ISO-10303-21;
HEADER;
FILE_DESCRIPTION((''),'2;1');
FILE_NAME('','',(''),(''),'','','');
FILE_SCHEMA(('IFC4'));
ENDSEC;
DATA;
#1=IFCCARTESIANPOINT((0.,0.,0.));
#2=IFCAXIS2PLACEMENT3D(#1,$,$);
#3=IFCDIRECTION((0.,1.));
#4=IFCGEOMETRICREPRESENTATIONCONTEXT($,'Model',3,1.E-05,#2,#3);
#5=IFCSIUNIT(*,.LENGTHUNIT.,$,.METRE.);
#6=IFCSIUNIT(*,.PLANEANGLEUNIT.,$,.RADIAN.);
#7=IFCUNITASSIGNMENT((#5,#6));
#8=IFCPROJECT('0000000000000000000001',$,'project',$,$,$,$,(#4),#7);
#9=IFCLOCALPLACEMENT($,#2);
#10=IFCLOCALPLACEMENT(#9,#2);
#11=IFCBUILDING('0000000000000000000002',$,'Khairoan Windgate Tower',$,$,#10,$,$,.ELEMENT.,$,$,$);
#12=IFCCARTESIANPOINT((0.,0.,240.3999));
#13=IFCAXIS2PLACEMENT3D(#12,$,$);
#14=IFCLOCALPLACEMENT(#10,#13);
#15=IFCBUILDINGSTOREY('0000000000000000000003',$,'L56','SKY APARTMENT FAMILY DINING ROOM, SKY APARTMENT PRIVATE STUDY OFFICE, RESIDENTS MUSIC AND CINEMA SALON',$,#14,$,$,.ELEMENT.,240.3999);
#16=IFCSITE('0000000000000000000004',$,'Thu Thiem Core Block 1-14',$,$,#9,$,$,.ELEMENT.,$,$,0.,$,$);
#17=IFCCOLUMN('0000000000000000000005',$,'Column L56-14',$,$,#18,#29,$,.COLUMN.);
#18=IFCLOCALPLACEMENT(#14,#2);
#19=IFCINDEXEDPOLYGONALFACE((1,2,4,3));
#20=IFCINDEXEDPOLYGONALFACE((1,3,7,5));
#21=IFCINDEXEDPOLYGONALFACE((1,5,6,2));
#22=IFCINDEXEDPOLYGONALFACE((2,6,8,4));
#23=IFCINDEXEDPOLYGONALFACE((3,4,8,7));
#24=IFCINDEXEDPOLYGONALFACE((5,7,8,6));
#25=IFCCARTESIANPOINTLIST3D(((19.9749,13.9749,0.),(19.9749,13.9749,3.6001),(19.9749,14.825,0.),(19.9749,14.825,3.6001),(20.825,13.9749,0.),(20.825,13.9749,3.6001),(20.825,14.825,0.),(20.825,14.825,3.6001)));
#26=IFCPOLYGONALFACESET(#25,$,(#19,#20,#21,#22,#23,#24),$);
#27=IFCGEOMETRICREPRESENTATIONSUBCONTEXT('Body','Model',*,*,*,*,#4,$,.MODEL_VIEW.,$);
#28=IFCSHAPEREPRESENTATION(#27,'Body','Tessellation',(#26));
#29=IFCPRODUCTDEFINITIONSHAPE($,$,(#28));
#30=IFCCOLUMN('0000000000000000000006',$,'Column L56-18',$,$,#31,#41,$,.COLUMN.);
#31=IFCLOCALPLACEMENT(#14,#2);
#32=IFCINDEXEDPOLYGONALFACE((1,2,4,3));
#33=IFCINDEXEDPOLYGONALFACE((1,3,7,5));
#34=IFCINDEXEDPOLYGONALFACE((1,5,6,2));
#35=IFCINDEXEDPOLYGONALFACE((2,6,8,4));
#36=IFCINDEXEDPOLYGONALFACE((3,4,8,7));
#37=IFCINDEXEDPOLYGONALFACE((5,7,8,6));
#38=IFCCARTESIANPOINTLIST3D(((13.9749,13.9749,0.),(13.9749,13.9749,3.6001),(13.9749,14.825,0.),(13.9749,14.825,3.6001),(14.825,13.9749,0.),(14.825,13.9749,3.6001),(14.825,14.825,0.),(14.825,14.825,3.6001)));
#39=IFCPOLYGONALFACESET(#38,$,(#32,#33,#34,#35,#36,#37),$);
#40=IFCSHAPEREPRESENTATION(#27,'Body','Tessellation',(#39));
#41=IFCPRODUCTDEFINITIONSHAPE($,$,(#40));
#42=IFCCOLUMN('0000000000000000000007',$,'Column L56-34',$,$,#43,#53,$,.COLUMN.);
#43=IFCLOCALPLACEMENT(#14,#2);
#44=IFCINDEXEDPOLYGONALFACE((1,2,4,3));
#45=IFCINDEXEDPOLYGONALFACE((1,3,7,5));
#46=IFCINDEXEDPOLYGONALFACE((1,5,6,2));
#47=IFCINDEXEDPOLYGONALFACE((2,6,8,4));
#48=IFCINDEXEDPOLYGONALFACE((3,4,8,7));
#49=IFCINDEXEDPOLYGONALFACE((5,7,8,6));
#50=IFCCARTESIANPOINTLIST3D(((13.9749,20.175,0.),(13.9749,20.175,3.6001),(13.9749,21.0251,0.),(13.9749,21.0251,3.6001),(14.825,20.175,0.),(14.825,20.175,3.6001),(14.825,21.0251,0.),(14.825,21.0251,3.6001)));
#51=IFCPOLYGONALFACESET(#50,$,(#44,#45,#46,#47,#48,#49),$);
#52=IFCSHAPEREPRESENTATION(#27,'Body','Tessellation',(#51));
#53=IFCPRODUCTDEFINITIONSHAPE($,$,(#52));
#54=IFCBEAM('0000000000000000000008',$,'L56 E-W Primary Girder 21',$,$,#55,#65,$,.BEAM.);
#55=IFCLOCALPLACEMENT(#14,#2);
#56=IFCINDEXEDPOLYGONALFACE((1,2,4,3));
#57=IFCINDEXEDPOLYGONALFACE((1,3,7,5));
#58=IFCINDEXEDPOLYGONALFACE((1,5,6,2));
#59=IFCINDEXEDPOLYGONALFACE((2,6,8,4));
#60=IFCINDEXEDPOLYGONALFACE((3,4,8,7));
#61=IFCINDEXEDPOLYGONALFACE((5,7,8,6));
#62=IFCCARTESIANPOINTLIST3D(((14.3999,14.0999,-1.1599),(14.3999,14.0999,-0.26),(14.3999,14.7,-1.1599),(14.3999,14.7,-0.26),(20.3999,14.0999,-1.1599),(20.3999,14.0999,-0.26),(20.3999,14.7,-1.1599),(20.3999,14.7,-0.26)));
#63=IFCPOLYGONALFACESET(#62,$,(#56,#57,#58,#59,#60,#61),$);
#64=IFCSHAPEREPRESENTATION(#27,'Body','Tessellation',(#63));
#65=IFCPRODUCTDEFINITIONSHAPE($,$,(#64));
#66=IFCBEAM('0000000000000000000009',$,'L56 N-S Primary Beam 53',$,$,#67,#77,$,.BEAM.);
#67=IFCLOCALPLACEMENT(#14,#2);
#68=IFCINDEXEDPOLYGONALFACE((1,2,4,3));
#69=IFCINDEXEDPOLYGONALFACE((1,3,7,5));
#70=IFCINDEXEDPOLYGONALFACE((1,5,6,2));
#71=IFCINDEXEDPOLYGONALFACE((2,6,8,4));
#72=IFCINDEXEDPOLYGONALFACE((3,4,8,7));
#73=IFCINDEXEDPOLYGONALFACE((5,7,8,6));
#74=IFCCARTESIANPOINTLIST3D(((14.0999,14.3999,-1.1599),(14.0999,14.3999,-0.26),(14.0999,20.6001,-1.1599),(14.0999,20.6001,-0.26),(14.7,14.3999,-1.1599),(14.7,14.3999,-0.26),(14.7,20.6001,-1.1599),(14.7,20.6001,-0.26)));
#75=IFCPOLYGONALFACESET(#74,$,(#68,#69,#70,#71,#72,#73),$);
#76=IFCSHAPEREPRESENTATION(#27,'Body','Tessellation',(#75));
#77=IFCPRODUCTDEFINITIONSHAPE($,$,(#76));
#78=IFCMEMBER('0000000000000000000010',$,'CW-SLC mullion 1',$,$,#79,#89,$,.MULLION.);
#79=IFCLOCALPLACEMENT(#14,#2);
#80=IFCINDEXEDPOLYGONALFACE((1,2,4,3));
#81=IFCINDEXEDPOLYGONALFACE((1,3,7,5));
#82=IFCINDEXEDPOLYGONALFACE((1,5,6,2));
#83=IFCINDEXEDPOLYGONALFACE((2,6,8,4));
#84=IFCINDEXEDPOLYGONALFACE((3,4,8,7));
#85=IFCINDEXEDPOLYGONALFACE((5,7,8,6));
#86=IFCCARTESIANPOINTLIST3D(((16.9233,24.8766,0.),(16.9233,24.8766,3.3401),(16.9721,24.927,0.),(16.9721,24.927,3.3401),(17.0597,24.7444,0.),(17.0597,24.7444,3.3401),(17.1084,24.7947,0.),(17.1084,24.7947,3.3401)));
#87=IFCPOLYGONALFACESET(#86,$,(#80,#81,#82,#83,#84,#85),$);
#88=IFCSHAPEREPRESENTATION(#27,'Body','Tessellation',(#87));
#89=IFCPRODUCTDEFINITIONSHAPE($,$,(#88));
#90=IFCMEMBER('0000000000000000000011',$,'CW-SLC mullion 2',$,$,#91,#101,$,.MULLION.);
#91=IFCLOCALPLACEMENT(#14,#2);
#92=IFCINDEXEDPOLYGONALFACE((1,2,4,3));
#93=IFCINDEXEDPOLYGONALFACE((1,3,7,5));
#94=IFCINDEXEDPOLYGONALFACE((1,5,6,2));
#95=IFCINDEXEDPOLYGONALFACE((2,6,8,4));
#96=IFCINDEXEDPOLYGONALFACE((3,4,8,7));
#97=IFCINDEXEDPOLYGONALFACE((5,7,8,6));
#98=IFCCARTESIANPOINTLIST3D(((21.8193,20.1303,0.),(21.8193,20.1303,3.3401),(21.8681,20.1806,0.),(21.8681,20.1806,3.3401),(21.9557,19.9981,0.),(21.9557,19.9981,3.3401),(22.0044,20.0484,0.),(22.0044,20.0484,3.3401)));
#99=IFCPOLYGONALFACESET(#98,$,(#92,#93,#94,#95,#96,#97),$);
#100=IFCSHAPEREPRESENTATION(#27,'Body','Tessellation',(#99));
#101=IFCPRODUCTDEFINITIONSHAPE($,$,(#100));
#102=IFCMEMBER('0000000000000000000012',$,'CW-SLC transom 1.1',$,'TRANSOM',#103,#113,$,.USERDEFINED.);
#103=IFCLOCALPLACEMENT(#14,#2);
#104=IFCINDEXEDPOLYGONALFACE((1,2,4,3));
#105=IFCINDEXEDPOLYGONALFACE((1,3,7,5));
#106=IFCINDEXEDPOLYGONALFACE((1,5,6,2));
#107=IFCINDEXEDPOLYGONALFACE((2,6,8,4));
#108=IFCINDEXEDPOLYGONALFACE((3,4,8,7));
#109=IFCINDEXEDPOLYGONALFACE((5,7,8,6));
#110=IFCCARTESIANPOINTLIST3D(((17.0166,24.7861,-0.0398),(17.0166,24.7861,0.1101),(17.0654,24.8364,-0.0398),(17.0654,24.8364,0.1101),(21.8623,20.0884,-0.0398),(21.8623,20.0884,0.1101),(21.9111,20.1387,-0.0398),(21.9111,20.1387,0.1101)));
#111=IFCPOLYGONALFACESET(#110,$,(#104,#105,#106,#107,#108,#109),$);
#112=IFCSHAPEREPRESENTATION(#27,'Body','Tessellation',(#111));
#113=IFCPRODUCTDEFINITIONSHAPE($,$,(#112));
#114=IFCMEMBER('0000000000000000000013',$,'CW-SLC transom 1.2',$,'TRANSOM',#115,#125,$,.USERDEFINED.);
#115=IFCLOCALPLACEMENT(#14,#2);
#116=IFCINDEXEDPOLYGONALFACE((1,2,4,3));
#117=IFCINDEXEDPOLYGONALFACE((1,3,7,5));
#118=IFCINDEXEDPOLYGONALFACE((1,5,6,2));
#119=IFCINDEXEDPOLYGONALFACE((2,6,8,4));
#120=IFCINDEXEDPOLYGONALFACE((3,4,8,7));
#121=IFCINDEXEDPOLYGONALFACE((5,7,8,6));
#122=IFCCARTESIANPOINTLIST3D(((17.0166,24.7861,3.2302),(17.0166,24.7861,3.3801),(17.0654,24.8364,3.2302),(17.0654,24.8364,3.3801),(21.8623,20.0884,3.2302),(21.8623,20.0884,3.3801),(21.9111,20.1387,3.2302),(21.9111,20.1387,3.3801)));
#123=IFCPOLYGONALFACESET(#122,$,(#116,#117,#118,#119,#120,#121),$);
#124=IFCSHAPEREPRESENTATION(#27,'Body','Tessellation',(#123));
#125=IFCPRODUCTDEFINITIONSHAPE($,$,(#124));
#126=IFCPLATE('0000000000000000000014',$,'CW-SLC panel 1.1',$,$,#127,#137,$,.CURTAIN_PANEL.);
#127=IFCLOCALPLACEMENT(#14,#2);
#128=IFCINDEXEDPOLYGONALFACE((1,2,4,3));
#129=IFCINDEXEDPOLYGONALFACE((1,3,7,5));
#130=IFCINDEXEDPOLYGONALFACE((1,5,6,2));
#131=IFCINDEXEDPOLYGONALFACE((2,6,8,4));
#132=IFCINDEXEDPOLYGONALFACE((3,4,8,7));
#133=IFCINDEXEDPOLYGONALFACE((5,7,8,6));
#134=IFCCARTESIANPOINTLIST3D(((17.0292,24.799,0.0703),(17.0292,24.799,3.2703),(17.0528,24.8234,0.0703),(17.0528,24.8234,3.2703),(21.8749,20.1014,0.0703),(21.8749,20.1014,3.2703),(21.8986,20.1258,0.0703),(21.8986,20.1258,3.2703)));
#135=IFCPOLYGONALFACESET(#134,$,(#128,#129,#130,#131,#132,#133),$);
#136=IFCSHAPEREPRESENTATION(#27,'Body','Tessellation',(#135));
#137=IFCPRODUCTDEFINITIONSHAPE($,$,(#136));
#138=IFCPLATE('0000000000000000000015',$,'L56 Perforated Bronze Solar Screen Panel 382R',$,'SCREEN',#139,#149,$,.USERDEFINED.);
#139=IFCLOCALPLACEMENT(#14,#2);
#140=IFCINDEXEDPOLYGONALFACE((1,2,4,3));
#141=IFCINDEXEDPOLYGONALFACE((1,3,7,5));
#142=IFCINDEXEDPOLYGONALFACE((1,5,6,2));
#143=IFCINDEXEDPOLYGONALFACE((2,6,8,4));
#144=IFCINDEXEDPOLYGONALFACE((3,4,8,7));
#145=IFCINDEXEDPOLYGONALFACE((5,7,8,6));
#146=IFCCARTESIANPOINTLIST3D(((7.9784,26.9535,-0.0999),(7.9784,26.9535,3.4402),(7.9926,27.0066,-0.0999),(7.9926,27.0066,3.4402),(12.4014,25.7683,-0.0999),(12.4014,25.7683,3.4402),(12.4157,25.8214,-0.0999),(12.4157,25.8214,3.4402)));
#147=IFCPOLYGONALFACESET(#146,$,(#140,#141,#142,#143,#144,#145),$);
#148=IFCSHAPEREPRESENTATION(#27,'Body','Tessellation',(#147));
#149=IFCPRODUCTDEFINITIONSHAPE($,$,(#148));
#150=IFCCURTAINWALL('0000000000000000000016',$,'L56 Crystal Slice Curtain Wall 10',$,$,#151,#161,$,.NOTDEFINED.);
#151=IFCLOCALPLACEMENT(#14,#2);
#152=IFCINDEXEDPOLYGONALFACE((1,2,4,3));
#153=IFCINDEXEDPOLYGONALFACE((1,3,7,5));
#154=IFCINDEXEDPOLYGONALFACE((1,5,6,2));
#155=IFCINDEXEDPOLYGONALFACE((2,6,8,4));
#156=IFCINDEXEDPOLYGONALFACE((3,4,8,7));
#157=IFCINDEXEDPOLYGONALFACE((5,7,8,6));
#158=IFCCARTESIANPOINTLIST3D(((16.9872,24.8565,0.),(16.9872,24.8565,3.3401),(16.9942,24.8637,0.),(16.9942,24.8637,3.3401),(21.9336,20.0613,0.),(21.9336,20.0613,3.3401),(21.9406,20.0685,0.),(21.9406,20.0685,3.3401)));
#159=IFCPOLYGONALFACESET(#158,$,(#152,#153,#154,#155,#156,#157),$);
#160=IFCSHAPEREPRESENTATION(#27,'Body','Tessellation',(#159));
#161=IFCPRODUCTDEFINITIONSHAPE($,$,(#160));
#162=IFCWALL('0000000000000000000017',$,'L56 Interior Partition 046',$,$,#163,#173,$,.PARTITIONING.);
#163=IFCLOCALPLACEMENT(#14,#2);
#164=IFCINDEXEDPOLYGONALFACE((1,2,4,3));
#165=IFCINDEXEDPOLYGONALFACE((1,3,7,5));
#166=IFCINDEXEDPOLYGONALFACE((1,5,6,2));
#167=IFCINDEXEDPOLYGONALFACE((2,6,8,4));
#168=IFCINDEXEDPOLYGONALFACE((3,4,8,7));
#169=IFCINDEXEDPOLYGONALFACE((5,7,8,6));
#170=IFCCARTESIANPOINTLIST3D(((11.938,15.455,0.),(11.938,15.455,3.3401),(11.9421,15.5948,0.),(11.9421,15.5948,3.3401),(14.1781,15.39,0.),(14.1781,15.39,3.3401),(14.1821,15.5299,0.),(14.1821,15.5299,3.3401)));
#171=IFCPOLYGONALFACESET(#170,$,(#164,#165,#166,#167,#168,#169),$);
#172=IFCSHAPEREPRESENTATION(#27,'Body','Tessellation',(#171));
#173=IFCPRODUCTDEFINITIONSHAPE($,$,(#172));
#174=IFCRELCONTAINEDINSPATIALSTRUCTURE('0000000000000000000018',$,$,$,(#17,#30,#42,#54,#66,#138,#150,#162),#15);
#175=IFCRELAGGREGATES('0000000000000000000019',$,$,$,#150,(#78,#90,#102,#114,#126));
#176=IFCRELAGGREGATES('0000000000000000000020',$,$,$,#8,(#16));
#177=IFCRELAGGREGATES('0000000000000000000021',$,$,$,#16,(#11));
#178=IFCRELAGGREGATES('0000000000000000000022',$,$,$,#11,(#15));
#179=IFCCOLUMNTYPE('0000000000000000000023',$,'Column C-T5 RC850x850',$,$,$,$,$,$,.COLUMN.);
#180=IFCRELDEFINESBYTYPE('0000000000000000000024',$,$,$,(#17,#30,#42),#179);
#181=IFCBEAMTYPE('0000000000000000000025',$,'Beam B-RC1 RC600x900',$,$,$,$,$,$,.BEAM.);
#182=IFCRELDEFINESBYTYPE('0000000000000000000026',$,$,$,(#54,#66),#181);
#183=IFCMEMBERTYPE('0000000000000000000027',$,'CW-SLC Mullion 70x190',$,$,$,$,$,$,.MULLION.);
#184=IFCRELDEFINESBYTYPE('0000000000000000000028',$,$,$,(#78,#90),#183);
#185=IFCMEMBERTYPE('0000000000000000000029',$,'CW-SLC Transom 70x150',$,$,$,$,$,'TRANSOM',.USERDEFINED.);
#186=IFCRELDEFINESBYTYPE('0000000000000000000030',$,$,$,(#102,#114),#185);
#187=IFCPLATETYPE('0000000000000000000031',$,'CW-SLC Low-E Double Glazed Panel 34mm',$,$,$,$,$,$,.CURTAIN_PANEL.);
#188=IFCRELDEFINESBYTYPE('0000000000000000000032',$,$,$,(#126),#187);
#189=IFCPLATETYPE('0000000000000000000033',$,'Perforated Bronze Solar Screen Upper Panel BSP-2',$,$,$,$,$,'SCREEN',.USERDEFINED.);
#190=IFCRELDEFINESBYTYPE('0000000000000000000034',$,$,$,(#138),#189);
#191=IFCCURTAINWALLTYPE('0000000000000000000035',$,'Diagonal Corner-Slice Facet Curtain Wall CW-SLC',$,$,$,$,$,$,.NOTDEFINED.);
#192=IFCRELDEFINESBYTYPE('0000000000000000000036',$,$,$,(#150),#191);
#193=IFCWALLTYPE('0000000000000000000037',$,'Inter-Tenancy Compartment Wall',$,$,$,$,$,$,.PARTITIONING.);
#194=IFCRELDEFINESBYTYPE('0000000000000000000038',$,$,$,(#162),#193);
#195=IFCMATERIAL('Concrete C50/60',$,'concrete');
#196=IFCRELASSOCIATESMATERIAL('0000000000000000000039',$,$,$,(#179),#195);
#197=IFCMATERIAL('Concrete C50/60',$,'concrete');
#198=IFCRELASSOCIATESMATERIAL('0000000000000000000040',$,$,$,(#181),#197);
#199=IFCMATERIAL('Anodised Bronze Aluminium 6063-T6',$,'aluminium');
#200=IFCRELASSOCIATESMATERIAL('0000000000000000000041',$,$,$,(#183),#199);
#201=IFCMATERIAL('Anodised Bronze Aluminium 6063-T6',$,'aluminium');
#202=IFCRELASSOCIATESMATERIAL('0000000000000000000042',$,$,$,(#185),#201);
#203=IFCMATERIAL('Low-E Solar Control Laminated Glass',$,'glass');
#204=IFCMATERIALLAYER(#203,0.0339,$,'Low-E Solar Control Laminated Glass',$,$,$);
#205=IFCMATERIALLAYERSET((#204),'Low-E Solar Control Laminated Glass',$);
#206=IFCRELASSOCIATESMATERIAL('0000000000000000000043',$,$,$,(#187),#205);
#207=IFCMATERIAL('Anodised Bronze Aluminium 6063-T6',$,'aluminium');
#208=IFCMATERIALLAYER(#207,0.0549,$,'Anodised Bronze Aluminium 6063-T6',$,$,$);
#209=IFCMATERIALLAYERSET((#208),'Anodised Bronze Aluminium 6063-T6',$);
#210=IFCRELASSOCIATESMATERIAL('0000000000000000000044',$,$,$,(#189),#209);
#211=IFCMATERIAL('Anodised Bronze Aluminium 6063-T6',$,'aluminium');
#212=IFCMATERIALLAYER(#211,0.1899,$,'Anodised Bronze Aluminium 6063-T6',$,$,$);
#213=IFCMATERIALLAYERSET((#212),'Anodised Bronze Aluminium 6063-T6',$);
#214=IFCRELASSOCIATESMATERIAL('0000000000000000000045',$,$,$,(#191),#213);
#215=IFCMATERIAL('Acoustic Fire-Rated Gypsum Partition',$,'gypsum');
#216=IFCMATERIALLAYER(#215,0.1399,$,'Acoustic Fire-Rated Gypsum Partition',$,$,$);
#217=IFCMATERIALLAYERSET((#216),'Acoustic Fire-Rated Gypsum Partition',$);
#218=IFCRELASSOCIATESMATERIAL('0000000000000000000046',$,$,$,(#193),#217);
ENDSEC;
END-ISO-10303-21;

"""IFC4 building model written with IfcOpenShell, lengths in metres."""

from ifc_helpers import new_model, si_unit, direction, frame, frame_2d, origin, origin_2d, place, context, subcontext, project, spatial, rectangle, extrude, material, layer, layer_set, material_profile, profile_set, type_object, element, aggregate, save


model = new_model("IFC4")

# Units and contexts
model_context = context("Model", 3, precision=1e-05, world=origin(), true_north=direction((0.0, 1.0)))
body_context = subcontext(model_context, "Body", "Model", "MODEL_VIEW")
ifc_project = project(units=[si_unit("LENGTHUNIT", "METRE"), si_unit("PLANEANGLEUNIT", "RADIAN")], contexts=[model_context])

# Site, building, storey
site_placement = place(None, origin())
site = spatial("IfcSite", under=ifc_project, at=site_placement, Name="Thu Thiem Core Block 1-14", CompositionType="ELEMENT", RefElevation=0.0)
building_placement = place(site_placement, origin())
building = spatial("IfcBuilding", under=site, at=building_placement, Name="Khairoan Windgate Tower", CompositionType="ELEMENT")
storey_placement = place(building_placement, frame((0.0, 0.0, 240.3999)))
storey = spatial("IfcBuildingStorey", under=building, at=storey_placement, Name="L56", Description="SKY APARTMENT FAMILY DINING ROOM, SKY APARTMENT PRIVATE STUDY OFFICE, RESIDENTS MUSIC AND CINEMA SALON", CompositionType="ELEMENT", Elevation=240.3999)

# Columns
ifc_material_1 = material(Name="Concrete C50/60", Category="concrete")
ifc_material_profile_1 = material_profile(ifc_material_1, rectangle(XDim=0.8501, YDim=0.8501, at=origin_2d()))
ifc_profile_set_1 = profile_set([ifc_material_profile_1], Name="Concrete C50/60")
column_type = type_object("IfcColumnType", Name="Column C-T5 RC850x850", PredefinedType="COLUMN", material=ifc_profile_set_1)
for number, where, z_axis, x_axis, name in (
    (1, (20.3999, 14.3999, 0.0), (0.0, 0.0, 1.0), (1.0, 0.0, 0.0), "Column L56-14"),
    (2, (14.3999, 14.3999, 0.0), (0.0, 0.0, 1.0), (1.0, 0.0, 0.0), "Column L56-18"),
    (3, (14.3999, 20.6001, 0.0), (0.0, 0.0, 1.0), (1.0, 0.0, 0.0), "Column L56-34"),
):
    element("IfcColumn", number, at=place(storey_placement, frame(where, z_axis=z_axis, x_axis=x_axis)), inside=storey, type_object=column_type, Name=name, PredefinedType="COLUMN", context=body_context, shape_type="SweptSolid", body=[
        extrude(rectangle(XDim=0.8501, YDim=0.8501, at=origin_2d()), origin(), (0.0, 0.0, 1.0), 3.6001),
    ])

# Beams
ifc_material_2 = material(Name="Concrete C50/60", Category="concrete")
ifc_material_profile_2 = material_profile(ifc_material_2, rectangle(XDim=0.6001, YDim=0.8999, at=origin_2d()))
ifc_profile_set_2 = profile_set([ifc_material_profile_2], Name="Concrete C50/60")
beam_type = type_object("IfcBeamType", Name="Beam B-RC1 RC600x900", PredefinedType="BEAM", material=ifc_profile_set_2)
beam_1_placement = place(storey_placement, frame((14.3999, 14.3999, -0.71), z_axis=(1.0, 0.0, 0.0), x_axis=(0.0, 1.0, 0.0)))
element("IfcBeam", 4, at=beam_1_placement, inside=storey, type_object=beam_type, Name="L56 E-W Primary Girder 21", PredefinedType="BEAM", context=body_context, shape_type="SweptSolid", body=[
    extrude(rectangle(XDim=0.6001, YDim=0.8999, at=origin_2d()), origin(), (0.0, 0.0, 1.0), 6.0),
])
beam_2_placement = place(storey_placement, frame((14.3999, 14.3999, -0.71), z_axis=(0.0, 1.0, 0.0), x_axis=(-1.0, 0.0, 0.0)))
element("IfcBeam", 5, at=beam_2_placement, inside=storey, type_object=beam_type, Name="L56 N-S Primary Beam 53", PredefinedType="BEAM", context=body_context, shape_type="SweptSolid", body=[
    extrude(rectangle(XDim=0.6001, YDim=0.8999, at=origin_2d()), origin(), (0.0, 0.0, 1.0), 6.2002),
])

# Members
ifc_material_3 = material(Name="Anodised Bronze Aluminium 6063-T6", Category="aluminium")
ifc_material_profile_3 = material_profile(ifc_material_3, rectangle(XDim=0.0701, YDim=0.1899, at=origin_2d()))
ifc_profile_set_3 = profile_set([ifc_material_profile_3], Name="Anodised Bronze Aluminium 6063-T6")
member_type_1 = type_object("IfcMemberType", Name="CW-SLC Mullion 70x190", PredefinedType="MULLION", material=ifc_profile_set_3)
member_1_placement = place(storey_placement, frame((17.0159, 24.8357, 0.0), z_axis=(0.0, 0.0, 1.0), x_axis=(0.696048, 0.717996, 0.0)))
member_1 = element("IfcMember", 6, at=member_1_placement, type_object=member_type_1, Name="CW-SLC mullion 1", PredefinedType="MULLION", context=body_context, shape_type="SweptSolid", body=[
    extrude(rectangle(XDim=0.0701, YDim=0.1899, at=origin_2d()), origin(), (0.0, 0.0, 1.0), 3.3401),
])
member_2_placement = place(storey_placement, frame((21.9119, 20.0894, 0.0), z_axis=(0.0, 0.0, 1.0), x_axis=(0.696048, 0.717996, 0.0)))
member_2 = element("IfcMember", 7, at=member_2_placement, type_object=member_type_1, Name="CW-SLC mullion 2", PredefinedType="MULLION", context=body_context, shape_type="SweptSolid", body=[
    extrude(rectangle(XDim=0.0701, YDim=0.1899, at=origin_2d()), origin(), (0.0, 0.0, 1.0), 3.3401),
])
ifc_material_4 = material(Name="Anodised Bronze Aluminium 6063-T6", Category="aluminium")
ifc_material_profile_4 = material_profile(ifc_material_4, rectangle(XDim=0.0701, YDim=0.1499, at=origin_2d()))
ifc_profile_set_4 = profile_set([ifc_material_profile_4], Name="Anodised Bronze Aluminium 6063-T6")
member_type_2 = type_object("IfcMemberType", Name="CW-SLC Transom 70x150", ElementType="TRANSOM", PredefinedType="USERDEFINED", material=ifc_profile_set_4)
member_3_placement = place(storey_placement, frame((17.041, 24.8113, 0.0352), z_axis=(0.717983, -0.696061, 0.0), x_axis=(0.696061, 0.717983, 0.0)))
member_3 = element("IfcMember", 8, at=member_3_placement, type_object=member_type_2, Name="CW-SLC transom 1.1", ObjectType="TRANSOM", PredefinedType="USERDEFINED", context=body_context, shape_type="SweptSolid", body=[
    extrude(rectangle(XDim=0.0701, YDim=0.1499, at=origin_2d()), origin(), (0.0, 0.0, 1.0), 6.749),
])
member_4_placement = place(storey_placement, frame((17.041, 24.8113, 3.3052), z_axis=(0.717983, -0.696061, 0.0), x_axis=(0.696061, 0.717983, 0.0)))
member_4 = element("IfcMember", 9, at=member_4_placement, type_object=member_type_2, Name="CW-SLC transom 1.2", ObjectType="TRANSOM", PredefinedType="USERDEFINED", context=body_context, shape_type="SweptSolid", body=[
    extrude(rectangle(XDim=0.0701, YDim=0.1499, at=origin_2d()), origin(), (0.0, 0.0, 1.0), 6.749),
])

# Plates
ifc_material_5 = material(Name="Low-E Solar Control Laminated Glass", Category="glass")
ifc_layer_1 = layer(ifc_material_5, 0.0339, Name="Low-E Solar Control Laminated Glass")
ifc_layer_set_1 = layer_set([ifc_layer_1], Name="Low-E Solar Control Laminated Glass")
plate_type_1 = type_object("IfcPlateType", Name="CW-SLC Low-E Double Glazed Panel 34mm", PredefinedType="CURTAIN_PANEL", material=ifc_layer_set_1)
plate_1_placement = place(storey_placement, frame((19.4639, 22.4624, 0.0703), z_axis=(0.0, 0.0, 1.0), x_axis=(0.717996, -0.696048, 0.0)))
plate_1 = element("IfcPlate", 10, at=plate_1_placement, type_object=plate_type_1, Name="CW-SLC panel 1.1", PredefinedType="CURTAIN_PANEL", context=body_context, shape_type="SweptSolid", body=[
    extrude(rectangle(XDim=6.749, YDim=0.0339, at=origin_2d()), origin(), (0.0, 0.0, 1.0), 3.2),
])
ifc_material_6 = material(Name="Anodised Bronze Aluminium 6063-T6", Category="aluminium")
ifc_layer_2 = layer(ifc_material_6, 0.0549, Name="Anodised Bronze Aluminium 6063-T6")
ifc_layer_set_2 = layer_set([ifc_layer_2], Name="Anodised Bronze Aluminium 6063-T6")
plate_type_2 = type_object("IfcPlateType", Name="Perforated Bronze Solar Screen Upper Panel BSP-2", ElementType="SCREEN", PredefinedType="USERDEFINED", material=ifc_layer_set_2)
plate_2_placement = place(storey_placement, frame((10.197, 26.3875, -0.0999), z_axis=(0.0, 0.0, 1.0), x_axis=(0.965926, -0.258819, 0.0)))
element("IfcPlate", 11, at=plate_2_placement, inside=storey, type_object=plate_type_2, Name="L56 Perforated Bronze Solar Screen Panel 382R", ObjectType="SCREEN", PredefinedType="USERDEFINED", context=body_context, shape_type="SweptSolid", body=[
    extrude(rectangle(XDim=4.5791, YDim=0.0549, at=origin_2d()), origin(), (0.0, 0.0, 1.0), 3.54),
])

# Curtain wall
ifc_material_7 = material(Name="Anodised Bronze Aluminium 6063-T6", Category="aluminium")
ifc_layer_3 = layer(ifc_material_7, 0.1899, Name="Anodised Bronze Aluminium 6063-T6")
ifc_layer_set_3 = layer_set([ifc_layer_3], Name="Anodised Bronze Aluminium 6063-T6")
curtain_wall_type_1 = type_object("IfcCurtainWallType", Name="Diagonal Corner-Slice Facet Curtain Wall CW-SLC", PredefinedType="NOTDEFINED", material=ifc_layer_set_3)
curtain_wall_1_placement = place(storey_placement, frame((16.9907, 24.8601, 0.0), z_axis=(0.0, 0.0, 1.0), x_axis=(0.71799, -0.696053, 0.0)))
curtain_wall_1 = element("IfcCurtainWall", 12, at=curtain_wall_1_placement, inside=storey, type_object=curtain_wall_type_1, Name="L56 Crystal Slice Curtain Wall 10", PredefinedType="NOTDEFINED", context=body_context, shape_type="SweptSolid", body=[
    extrude(rectangle(XDim=6.8892, YDim=0.01, at=frame_2d((3.4446, 0.0))), origin(), (0.0, 0.0, 1.0), 3.3401),
])
aggregate(curtain_wall_1, [member_1, member_2, member_3, member_4, plate_1])

# Wall
ifc_material_8 = material(Name="Acoustic Fire-Rated Gypsum Partition", Category="gypsum")
ifc_layer_4 = layer(ifc_material_8, 0.1399, Name="Acoustic Fire-Rated Gypsum Partition")
ifc_layer_set_4 = layer_set([ifc_layer_4], Name="Acoustic Fire-Rated Gypsum Partition")
wall_type = type_object("IfcWallType", Name="Inter-Tenancy Compartment Wall", PredefinedType="PARTITIONING", material=ifc_layer_set_4)
wall_placement = place(storey_placement, frame((11.9399, 15.5249, 0.0), z_axis=(0.0, 0.0, 1.0), x_axis=(0.99958, -0.02898, 0.0)))
element("IfcWall", 13, at=wall_placement, inside=storey, type_object=wall_type, Name="L56 Interior Partition 046", PredefinedType="PARTITIONING", context=body_context, shape_type="SweptSolid", body=[
    extrude(rectangle(XDim=2.241, YDim=0.1399, at=frame_2d((1.1206, 0.0))), origin(), (0.0, 0.0, 1.0), 3.3401),
])

save(model, "model.ifc")
